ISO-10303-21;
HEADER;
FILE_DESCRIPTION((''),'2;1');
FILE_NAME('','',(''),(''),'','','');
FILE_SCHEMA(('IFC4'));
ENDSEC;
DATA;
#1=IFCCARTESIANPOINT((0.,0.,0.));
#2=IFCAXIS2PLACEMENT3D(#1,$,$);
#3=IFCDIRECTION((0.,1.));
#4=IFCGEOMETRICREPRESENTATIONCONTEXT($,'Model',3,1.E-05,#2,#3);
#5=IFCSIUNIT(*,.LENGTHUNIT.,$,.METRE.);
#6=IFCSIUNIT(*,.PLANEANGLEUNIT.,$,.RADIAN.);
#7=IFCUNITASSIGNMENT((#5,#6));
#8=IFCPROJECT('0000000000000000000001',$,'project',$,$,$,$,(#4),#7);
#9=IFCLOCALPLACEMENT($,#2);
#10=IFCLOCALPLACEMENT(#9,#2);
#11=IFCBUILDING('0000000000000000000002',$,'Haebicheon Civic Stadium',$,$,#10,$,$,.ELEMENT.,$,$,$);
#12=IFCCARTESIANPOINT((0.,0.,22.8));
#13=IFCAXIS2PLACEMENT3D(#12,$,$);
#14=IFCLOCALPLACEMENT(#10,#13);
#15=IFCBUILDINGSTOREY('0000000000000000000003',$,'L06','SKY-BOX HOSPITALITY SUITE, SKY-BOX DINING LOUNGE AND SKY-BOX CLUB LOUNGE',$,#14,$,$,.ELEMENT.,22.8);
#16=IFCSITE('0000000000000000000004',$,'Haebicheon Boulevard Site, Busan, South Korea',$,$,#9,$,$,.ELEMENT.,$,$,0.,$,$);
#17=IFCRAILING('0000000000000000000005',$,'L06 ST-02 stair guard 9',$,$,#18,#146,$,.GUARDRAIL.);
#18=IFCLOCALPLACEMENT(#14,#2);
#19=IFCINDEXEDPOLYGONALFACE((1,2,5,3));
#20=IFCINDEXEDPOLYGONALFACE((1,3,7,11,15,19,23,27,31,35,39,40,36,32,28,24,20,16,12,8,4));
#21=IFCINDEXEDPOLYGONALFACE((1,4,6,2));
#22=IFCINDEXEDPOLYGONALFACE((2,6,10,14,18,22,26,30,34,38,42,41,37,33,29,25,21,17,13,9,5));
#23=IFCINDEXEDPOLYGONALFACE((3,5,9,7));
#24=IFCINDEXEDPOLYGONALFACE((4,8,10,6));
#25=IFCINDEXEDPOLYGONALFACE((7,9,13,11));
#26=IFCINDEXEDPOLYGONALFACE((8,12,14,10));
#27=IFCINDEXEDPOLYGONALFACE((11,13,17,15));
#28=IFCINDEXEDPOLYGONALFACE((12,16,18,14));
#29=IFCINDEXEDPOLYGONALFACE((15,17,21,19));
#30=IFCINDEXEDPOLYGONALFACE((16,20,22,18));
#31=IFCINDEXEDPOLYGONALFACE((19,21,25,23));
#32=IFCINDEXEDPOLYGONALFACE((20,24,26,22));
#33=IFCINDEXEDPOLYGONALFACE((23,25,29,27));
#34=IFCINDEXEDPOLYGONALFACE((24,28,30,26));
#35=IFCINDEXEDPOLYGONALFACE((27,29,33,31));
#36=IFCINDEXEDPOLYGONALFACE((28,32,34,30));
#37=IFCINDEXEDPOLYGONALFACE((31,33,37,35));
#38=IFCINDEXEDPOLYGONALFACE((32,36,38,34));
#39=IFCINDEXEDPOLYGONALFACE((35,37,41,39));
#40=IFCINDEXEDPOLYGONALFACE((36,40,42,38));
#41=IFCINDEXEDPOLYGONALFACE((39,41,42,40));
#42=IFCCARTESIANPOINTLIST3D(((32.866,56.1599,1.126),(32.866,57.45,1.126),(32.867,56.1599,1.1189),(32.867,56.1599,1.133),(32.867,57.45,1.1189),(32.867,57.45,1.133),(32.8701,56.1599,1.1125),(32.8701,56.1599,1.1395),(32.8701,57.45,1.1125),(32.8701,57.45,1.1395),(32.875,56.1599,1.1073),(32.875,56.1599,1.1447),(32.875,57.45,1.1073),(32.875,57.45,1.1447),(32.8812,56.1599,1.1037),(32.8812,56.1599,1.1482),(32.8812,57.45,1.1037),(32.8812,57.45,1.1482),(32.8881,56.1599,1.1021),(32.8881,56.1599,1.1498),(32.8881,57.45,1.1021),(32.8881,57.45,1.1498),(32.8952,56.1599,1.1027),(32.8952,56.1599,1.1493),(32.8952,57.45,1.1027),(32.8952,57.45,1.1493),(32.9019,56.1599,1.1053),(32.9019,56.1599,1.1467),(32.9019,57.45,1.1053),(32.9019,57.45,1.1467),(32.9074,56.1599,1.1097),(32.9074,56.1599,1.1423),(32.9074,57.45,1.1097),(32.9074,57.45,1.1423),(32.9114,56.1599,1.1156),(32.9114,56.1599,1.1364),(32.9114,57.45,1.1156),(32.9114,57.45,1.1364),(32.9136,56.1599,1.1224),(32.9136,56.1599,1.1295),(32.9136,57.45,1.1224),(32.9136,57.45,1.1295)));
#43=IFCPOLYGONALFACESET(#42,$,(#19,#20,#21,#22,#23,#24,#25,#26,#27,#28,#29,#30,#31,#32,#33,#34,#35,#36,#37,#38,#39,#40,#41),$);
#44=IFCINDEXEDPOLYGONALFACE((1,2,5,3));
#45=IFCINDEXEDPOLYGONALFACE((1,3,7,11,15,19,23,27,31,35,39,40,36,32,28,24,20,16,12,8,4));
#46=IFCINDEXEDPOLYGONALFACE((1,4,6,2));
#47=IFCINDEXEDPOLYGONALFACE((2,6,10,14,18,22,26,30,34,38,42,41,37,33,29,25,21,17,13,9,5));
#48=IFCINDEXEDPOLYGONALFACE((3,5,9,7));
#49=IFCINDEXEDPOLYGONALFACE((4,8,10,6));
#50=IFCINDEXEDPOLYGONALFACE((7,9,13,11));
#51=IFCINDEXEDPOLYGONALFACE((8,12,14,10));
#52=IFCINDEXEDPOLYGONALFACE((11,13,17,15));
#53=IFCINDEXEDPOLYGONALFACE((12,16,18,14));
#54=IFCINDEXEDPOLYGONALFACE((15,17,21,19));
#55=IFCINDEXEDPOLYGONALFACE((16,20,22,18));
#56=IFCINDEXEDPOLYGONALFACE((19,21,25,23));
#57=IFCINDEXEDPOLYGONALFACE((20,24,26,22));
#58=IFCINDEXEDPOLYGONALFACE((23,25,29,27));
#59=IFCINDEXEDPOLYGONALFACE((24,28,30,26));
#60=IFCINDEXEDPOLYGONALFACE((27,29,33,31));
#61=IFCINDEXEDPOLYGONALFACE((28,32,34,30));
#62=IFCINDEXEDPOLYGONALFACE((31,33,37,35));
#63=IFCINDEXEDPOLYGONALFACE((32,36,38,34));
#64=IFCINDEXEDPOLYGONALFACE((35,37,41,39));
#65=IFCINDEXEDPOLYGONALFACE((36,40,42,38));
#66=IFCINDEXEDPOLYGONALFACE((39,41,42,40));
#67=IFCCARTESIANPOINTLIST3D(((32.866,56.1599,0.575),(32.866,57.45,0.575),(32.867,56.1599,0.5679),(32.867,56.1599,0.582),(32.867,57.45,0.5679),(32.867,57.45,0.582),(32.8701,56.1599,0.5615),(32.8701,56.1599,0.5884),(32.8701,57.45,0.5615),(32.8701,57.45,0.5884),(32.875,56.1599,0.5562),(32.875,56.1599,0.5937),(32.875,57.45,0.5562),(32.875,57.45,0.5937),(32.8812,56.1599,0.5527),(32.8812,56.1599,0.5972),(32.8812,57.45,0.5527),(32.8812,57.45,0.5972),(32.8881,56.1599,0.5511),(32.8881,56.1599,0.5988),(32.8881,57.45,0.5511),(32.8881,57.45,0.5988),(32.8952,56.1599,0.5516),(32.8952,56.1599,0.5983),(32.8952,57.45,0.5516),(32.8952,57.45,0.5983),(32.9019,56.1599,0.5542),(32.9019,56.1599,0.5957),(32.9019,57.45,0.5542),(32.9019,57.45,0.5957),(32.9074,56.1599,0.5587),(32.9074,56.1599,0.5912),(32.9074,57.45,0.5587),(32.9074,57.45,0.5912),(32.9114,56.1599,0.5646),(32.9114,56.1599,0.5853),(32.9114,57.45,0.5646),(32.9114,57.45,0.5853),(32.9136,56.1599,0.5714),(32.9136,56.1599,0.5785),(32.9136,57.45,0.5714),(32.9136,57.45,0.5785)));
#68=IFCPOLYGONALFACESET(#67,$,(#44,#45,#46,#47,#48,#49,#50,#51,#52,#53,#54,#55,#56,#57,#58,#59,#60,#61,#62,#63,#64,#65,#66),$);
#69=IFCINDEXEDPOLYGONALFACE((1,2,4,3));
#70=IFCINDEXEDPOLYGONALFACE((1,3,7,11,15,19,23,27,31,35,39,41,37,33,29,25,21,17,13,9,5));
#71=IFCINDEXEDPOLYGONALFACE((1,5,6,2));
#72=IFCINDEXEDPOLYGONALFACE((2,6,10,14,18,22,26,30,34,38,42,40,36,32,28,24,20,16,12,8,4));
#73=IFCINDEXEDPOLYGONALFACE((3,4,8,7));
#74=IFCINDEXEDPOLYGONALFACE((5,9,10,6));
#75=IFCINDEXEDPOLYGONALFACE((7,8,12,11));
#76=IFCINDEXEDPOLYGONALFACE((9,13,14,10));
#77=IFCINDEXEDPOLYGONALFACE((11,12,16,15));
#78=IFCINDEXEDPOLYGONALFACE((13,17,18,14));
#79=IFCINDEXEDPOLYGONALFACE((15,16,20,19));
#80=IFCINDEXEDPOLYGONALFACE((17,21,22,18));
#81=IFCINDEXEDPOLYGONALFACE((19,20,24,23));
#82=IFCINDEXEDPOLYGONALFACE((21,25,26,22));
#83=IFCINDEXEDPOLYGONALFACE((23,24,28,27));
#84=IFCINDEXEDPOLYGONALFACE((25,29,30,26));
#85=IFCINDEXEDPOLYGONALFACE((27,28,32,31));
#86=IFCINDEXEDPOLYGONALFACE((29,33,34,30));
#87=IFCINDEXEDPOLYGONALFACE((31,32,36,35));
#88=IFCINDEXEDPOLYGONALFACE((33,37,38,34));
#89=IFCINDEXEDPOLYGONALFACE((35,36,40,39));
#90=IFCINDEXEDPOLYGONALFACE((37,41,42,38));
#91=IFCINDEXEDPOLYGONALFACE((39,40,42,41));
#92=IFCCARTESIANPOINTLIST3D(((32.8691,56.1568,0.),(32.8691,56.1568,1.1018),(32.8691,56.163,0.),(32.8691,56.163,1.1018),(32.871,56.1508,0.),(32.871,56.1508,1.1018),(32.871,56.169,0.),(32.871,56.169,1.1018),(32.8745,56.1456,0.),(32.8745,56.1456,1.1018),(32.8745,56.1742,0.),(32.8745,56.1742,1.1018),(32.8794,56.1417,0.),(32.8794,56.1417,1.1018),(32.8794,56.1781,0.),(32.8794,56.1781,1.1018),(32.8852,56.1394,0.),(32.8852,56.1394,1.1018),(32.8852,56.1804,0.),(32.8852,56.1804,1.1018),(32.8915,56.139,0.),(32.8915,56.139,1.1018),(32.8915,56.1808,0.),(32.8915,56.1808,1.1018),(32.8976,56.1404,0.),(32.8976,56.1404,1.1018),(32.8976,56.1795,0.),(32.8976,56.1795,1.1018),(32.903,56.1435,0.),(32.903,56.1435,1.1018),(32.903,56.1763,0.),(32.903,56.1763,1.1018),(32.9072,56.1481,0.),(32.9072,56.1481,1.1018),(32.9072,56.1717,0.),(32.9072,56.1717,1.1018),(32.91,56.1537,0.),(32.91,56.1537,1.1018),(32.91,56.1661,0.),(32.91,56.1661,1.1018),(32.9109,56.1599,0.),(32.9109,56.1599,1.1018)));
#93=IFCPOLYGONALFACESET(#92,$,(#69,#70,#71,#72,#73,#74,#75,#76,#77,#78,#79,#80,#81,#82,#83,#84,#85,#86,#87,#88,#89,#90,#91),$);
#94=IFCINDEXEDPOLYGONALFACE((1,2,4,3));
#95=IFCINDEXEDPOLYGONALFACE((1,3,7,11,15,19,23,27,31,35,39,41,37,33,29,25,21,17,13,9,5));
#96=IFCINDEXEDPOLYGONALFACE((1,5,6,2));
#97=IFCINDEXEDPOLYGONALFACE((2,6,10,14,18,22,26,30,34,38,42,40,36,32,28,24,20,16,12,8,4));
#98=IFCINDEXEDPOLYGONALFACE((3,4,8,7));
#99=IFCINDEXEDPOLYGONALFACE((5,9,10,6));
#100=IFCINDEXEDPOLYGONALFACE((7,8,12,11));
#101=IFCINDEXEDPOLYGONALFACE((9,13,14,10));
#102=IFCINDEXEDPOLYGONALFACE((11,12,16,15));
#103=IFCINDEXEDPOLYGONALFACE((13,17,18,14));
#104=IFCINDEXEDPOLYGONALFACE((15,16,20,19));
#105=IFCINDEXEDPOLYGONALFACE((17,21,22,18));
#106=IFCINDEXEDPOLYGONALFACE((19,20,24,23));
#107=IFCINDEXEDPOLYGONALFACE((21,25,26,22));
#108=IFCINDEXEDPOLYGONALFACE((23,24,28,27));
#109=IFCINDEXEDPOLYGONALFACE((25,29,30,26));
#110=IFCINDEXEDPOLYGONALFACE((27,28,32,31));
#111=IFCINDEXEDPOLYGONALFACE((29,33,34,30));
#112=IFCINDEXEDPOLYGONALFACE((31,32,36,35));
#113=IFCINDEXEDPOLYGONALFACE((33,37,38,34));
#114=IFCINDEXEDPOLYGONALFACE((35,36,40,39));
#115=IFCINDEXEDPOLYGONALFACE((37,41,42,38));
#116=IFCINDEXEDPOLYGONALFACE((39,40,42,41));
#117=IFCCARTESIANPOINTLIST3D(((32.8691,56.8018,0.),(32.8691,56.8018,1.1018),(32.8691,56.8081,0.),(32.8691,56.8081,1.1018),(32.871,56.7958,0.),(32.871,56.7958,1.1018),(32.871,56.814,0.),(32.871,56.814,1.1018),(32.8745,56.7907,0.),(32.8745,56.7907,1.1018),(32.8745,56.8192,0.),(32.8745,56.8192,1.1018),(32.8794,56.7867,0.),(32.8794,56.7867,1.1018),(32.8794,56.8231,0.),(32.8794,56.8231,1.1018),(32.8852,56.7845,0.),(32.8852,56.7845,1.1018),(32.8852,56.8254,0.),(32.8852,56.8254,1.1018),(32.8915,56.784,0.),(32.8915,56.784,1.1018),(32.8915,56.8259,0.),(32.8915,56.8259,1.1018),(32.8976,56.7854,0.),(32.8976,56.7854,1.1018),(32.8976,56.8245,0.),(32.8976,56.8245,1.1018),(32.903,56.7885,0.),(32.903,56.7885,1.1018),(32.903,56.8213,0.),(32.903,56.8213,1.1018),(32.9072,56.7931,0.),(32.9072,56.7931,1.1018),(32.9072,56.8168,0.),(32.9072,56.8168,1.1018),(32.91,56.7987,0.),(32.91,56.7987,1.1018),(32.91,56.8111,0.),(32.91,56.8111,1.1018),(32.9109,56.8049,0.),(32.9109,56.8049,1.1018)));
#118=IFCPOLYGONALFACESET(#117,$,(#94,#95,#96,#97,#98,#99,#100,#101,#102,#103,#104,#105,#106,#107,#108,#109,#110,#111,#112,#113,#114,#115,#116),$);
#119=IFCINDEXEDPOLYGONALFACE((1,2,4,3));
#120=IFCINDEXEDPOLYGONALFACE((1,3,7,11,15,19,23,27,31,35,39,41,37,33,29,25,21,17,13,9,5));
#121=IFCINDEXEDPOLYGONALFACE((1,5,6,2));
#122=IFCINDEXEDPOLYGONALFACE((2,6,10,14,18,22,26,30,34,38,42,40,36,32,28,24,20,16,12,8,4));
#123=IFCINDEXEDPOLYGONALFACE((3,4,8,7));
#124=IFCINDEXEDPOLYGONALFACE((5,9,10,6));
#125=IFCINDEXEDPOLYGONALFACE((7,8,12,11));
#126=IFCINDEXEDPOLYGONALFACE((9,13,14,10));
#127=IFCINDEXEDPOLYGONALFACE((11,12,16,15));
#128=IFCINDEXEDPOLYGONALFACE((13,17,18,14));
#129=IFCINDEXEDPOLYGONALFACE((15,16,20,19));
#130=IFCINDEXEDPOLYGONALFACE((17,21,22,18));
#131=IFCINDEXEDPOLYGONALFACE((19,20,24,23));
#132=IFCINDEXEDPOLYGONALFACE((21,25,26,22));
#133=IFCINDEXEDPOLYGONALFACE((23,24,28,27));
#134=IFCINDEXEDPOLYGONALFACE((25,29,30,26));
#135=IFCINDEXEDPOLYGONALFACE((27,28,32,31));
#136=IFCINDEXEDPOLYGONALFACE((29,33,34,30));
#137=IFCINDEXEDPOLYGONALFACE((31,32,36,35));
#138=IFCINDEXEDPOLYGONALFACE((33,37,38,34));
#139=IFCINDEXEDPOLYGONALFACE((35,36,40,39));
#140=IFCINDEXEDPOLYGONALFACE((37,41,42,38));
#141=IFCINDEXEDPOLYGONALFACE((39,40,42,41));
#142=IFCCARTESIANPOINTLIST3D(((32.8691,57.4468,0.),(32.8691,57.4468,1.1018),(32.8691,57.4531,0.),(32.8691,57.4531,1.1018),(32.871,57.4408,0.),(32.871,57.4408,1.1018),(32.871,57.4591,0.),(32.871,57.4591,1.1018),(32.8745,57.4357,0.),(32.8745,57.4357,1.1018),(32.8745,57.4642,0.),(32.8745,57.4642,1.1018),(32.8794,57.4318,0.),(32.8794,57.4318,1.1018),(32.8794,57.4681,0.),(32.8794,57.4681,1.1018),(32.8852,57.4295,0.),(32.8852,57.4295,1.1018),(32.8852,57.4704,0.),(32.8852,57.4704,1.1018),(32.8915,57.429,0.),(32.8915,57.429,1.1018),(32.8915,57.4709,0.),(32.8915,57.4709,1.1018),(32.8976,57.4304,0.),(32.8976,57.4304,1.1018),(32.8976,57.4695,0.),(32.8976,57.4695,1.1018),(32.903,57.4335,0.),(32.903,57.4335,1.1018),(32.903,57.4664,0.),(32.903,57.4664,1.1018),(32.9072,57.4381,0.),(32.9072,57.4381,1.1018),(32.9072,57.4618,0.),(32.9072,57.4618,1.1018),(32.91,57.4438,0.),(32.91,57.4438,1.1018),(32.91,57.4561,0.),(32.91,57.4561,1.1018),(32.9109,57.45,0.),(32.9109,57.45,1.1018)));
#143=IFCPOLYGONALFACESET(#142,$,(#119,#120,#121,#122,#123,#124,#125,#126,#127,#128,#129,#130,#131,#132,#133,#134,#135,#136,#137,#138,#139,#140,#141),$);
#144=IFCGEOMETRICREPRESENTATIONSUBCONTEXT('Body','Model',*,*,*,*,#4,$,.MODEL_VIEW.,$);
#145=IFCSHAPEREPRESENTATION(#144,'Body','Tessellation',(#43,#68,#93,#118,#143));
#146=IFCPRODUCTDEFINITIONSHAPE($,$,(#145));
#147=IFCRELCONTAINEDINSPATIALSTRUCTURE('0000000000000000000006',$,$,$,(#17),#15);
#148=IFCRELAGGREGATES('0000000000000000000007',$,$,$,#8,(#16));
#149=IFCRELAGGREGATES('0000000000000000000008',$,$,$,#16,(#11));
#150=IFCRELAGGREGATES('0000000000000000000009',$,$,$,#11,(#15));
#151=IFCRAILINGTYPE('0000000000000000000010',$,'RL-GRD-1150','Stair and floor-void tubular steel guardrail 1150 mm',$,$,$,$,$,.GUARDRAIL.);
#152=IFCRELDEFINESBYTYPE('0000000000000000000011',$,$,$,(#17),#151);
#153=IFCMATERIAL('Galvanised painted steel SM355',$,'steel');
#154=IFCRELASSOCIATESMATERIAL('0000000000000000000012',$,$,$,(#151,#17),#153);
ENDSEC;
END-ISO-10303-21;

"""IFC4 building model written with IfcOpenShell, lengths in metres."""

from ifc_helpers import new_model, si_unit, direction, frame, origin, origin_2d, place, context, subcontext, project, spatial, circle, extrude, material, type_object, element, save


model = new_model("IFC4")

# Units and contexts
model_context = context("Model", 3, precision=1e-05, world=origin(), true_north=direction((0.0, 1.0)))
body_context = subcontext(model_context, "Body", "Model", "MODEL_VIEW")
ifc_project = project(units=[si_unit("LENGTHUNIT", "METRE"), si_unit("PLANEANGLEUNIT", "RADIAN")], contexts=[model_context])

# Site, building, storey
site_placement = place(None, origin())
site = spatial("IfcSite", under=ifc_project, at=site_placement, Name="Haebicheon Boulevard Site, Busan, South Korea", CompositionType="ELEMENT", RefElevation=0.0)
building_placement = place(site_placement, origin())
building = spatial("IfcBuilding", under=site, at=building_placement, Name="Haebicheon Civic Stadium", CompositionType="ELEMENT")
storey_placement = place(building_placement, frame((0.0, 0.0, 22.8)))
storey = spatial("IfcBuildingStorey", under=building, at=storey_placement, Name="L06", Description="SKY-BOX HOSPITALITY SUITE, SKY-BOX DINING LOUNGE AND SKY-BOX CLUB LOUNGE", CompositionType="ELEMENT", Elevation=22.8)

# Railing
ifc_material_1 = material(Name="Galvanised painted steel SM355", Category="steel")
railing_type_1 = type_object("IfcRailingType", Name="RL-GRD-1150", Description="Stair and floor-void tubular steel guardrail 1150 mm", PredefinedType="GUARDRAIL", material=ifc_material_1)
for number, where, name in (
    (1, (32.8899, 56.1599, 0.0), "L06 ST-02 stair guard 9"),
):
    element("IfcRailing", number, at=place(storey_placement, frame(where)), inside=storey, type_object=railing_type_1, material=ifc_material_1, Name=name, PredefinedType="GUARDRAIL", context=body_context, shape_type="SweptSolid", body=[
        extrude(circle(Radius=0.0239, at=origin_2d()), frame((0.0, 0.0, 1.126), z_axis=(0.0, 1.0, 0.0), x_axis=(-1.0, 0.0, 0.0)), (0.0, 0.0, 1.0), 1.29),
        extrude(circle(Radius=0.0239, at=origin_2d()), frame((0.0, 0.0, 0.575), z_axis=(0.0, 1.0, 0.0), x_axis=(-1.0, 0.0, 0.0)), (0.0, 0.0, 1.0), 1.29),
        extrude(circle(Radius=0.021, at=origin_2d()), origin(), (0.0, 0.0, 1.0), 1.1018),
        extrude(circle(Radius=0.021, at=origin_2d()), frame((0.0, 0.645, 0.0)), (0.0, 0.0, 1.0), 1.1018),
        extrude(circle(Radius=0.021, at=origin_2d()), frame((0.0, 1.29, 0.0)), (0.0, 0.0, 1.0), 1.1018),
    ])

save(model, "model.ifc")
